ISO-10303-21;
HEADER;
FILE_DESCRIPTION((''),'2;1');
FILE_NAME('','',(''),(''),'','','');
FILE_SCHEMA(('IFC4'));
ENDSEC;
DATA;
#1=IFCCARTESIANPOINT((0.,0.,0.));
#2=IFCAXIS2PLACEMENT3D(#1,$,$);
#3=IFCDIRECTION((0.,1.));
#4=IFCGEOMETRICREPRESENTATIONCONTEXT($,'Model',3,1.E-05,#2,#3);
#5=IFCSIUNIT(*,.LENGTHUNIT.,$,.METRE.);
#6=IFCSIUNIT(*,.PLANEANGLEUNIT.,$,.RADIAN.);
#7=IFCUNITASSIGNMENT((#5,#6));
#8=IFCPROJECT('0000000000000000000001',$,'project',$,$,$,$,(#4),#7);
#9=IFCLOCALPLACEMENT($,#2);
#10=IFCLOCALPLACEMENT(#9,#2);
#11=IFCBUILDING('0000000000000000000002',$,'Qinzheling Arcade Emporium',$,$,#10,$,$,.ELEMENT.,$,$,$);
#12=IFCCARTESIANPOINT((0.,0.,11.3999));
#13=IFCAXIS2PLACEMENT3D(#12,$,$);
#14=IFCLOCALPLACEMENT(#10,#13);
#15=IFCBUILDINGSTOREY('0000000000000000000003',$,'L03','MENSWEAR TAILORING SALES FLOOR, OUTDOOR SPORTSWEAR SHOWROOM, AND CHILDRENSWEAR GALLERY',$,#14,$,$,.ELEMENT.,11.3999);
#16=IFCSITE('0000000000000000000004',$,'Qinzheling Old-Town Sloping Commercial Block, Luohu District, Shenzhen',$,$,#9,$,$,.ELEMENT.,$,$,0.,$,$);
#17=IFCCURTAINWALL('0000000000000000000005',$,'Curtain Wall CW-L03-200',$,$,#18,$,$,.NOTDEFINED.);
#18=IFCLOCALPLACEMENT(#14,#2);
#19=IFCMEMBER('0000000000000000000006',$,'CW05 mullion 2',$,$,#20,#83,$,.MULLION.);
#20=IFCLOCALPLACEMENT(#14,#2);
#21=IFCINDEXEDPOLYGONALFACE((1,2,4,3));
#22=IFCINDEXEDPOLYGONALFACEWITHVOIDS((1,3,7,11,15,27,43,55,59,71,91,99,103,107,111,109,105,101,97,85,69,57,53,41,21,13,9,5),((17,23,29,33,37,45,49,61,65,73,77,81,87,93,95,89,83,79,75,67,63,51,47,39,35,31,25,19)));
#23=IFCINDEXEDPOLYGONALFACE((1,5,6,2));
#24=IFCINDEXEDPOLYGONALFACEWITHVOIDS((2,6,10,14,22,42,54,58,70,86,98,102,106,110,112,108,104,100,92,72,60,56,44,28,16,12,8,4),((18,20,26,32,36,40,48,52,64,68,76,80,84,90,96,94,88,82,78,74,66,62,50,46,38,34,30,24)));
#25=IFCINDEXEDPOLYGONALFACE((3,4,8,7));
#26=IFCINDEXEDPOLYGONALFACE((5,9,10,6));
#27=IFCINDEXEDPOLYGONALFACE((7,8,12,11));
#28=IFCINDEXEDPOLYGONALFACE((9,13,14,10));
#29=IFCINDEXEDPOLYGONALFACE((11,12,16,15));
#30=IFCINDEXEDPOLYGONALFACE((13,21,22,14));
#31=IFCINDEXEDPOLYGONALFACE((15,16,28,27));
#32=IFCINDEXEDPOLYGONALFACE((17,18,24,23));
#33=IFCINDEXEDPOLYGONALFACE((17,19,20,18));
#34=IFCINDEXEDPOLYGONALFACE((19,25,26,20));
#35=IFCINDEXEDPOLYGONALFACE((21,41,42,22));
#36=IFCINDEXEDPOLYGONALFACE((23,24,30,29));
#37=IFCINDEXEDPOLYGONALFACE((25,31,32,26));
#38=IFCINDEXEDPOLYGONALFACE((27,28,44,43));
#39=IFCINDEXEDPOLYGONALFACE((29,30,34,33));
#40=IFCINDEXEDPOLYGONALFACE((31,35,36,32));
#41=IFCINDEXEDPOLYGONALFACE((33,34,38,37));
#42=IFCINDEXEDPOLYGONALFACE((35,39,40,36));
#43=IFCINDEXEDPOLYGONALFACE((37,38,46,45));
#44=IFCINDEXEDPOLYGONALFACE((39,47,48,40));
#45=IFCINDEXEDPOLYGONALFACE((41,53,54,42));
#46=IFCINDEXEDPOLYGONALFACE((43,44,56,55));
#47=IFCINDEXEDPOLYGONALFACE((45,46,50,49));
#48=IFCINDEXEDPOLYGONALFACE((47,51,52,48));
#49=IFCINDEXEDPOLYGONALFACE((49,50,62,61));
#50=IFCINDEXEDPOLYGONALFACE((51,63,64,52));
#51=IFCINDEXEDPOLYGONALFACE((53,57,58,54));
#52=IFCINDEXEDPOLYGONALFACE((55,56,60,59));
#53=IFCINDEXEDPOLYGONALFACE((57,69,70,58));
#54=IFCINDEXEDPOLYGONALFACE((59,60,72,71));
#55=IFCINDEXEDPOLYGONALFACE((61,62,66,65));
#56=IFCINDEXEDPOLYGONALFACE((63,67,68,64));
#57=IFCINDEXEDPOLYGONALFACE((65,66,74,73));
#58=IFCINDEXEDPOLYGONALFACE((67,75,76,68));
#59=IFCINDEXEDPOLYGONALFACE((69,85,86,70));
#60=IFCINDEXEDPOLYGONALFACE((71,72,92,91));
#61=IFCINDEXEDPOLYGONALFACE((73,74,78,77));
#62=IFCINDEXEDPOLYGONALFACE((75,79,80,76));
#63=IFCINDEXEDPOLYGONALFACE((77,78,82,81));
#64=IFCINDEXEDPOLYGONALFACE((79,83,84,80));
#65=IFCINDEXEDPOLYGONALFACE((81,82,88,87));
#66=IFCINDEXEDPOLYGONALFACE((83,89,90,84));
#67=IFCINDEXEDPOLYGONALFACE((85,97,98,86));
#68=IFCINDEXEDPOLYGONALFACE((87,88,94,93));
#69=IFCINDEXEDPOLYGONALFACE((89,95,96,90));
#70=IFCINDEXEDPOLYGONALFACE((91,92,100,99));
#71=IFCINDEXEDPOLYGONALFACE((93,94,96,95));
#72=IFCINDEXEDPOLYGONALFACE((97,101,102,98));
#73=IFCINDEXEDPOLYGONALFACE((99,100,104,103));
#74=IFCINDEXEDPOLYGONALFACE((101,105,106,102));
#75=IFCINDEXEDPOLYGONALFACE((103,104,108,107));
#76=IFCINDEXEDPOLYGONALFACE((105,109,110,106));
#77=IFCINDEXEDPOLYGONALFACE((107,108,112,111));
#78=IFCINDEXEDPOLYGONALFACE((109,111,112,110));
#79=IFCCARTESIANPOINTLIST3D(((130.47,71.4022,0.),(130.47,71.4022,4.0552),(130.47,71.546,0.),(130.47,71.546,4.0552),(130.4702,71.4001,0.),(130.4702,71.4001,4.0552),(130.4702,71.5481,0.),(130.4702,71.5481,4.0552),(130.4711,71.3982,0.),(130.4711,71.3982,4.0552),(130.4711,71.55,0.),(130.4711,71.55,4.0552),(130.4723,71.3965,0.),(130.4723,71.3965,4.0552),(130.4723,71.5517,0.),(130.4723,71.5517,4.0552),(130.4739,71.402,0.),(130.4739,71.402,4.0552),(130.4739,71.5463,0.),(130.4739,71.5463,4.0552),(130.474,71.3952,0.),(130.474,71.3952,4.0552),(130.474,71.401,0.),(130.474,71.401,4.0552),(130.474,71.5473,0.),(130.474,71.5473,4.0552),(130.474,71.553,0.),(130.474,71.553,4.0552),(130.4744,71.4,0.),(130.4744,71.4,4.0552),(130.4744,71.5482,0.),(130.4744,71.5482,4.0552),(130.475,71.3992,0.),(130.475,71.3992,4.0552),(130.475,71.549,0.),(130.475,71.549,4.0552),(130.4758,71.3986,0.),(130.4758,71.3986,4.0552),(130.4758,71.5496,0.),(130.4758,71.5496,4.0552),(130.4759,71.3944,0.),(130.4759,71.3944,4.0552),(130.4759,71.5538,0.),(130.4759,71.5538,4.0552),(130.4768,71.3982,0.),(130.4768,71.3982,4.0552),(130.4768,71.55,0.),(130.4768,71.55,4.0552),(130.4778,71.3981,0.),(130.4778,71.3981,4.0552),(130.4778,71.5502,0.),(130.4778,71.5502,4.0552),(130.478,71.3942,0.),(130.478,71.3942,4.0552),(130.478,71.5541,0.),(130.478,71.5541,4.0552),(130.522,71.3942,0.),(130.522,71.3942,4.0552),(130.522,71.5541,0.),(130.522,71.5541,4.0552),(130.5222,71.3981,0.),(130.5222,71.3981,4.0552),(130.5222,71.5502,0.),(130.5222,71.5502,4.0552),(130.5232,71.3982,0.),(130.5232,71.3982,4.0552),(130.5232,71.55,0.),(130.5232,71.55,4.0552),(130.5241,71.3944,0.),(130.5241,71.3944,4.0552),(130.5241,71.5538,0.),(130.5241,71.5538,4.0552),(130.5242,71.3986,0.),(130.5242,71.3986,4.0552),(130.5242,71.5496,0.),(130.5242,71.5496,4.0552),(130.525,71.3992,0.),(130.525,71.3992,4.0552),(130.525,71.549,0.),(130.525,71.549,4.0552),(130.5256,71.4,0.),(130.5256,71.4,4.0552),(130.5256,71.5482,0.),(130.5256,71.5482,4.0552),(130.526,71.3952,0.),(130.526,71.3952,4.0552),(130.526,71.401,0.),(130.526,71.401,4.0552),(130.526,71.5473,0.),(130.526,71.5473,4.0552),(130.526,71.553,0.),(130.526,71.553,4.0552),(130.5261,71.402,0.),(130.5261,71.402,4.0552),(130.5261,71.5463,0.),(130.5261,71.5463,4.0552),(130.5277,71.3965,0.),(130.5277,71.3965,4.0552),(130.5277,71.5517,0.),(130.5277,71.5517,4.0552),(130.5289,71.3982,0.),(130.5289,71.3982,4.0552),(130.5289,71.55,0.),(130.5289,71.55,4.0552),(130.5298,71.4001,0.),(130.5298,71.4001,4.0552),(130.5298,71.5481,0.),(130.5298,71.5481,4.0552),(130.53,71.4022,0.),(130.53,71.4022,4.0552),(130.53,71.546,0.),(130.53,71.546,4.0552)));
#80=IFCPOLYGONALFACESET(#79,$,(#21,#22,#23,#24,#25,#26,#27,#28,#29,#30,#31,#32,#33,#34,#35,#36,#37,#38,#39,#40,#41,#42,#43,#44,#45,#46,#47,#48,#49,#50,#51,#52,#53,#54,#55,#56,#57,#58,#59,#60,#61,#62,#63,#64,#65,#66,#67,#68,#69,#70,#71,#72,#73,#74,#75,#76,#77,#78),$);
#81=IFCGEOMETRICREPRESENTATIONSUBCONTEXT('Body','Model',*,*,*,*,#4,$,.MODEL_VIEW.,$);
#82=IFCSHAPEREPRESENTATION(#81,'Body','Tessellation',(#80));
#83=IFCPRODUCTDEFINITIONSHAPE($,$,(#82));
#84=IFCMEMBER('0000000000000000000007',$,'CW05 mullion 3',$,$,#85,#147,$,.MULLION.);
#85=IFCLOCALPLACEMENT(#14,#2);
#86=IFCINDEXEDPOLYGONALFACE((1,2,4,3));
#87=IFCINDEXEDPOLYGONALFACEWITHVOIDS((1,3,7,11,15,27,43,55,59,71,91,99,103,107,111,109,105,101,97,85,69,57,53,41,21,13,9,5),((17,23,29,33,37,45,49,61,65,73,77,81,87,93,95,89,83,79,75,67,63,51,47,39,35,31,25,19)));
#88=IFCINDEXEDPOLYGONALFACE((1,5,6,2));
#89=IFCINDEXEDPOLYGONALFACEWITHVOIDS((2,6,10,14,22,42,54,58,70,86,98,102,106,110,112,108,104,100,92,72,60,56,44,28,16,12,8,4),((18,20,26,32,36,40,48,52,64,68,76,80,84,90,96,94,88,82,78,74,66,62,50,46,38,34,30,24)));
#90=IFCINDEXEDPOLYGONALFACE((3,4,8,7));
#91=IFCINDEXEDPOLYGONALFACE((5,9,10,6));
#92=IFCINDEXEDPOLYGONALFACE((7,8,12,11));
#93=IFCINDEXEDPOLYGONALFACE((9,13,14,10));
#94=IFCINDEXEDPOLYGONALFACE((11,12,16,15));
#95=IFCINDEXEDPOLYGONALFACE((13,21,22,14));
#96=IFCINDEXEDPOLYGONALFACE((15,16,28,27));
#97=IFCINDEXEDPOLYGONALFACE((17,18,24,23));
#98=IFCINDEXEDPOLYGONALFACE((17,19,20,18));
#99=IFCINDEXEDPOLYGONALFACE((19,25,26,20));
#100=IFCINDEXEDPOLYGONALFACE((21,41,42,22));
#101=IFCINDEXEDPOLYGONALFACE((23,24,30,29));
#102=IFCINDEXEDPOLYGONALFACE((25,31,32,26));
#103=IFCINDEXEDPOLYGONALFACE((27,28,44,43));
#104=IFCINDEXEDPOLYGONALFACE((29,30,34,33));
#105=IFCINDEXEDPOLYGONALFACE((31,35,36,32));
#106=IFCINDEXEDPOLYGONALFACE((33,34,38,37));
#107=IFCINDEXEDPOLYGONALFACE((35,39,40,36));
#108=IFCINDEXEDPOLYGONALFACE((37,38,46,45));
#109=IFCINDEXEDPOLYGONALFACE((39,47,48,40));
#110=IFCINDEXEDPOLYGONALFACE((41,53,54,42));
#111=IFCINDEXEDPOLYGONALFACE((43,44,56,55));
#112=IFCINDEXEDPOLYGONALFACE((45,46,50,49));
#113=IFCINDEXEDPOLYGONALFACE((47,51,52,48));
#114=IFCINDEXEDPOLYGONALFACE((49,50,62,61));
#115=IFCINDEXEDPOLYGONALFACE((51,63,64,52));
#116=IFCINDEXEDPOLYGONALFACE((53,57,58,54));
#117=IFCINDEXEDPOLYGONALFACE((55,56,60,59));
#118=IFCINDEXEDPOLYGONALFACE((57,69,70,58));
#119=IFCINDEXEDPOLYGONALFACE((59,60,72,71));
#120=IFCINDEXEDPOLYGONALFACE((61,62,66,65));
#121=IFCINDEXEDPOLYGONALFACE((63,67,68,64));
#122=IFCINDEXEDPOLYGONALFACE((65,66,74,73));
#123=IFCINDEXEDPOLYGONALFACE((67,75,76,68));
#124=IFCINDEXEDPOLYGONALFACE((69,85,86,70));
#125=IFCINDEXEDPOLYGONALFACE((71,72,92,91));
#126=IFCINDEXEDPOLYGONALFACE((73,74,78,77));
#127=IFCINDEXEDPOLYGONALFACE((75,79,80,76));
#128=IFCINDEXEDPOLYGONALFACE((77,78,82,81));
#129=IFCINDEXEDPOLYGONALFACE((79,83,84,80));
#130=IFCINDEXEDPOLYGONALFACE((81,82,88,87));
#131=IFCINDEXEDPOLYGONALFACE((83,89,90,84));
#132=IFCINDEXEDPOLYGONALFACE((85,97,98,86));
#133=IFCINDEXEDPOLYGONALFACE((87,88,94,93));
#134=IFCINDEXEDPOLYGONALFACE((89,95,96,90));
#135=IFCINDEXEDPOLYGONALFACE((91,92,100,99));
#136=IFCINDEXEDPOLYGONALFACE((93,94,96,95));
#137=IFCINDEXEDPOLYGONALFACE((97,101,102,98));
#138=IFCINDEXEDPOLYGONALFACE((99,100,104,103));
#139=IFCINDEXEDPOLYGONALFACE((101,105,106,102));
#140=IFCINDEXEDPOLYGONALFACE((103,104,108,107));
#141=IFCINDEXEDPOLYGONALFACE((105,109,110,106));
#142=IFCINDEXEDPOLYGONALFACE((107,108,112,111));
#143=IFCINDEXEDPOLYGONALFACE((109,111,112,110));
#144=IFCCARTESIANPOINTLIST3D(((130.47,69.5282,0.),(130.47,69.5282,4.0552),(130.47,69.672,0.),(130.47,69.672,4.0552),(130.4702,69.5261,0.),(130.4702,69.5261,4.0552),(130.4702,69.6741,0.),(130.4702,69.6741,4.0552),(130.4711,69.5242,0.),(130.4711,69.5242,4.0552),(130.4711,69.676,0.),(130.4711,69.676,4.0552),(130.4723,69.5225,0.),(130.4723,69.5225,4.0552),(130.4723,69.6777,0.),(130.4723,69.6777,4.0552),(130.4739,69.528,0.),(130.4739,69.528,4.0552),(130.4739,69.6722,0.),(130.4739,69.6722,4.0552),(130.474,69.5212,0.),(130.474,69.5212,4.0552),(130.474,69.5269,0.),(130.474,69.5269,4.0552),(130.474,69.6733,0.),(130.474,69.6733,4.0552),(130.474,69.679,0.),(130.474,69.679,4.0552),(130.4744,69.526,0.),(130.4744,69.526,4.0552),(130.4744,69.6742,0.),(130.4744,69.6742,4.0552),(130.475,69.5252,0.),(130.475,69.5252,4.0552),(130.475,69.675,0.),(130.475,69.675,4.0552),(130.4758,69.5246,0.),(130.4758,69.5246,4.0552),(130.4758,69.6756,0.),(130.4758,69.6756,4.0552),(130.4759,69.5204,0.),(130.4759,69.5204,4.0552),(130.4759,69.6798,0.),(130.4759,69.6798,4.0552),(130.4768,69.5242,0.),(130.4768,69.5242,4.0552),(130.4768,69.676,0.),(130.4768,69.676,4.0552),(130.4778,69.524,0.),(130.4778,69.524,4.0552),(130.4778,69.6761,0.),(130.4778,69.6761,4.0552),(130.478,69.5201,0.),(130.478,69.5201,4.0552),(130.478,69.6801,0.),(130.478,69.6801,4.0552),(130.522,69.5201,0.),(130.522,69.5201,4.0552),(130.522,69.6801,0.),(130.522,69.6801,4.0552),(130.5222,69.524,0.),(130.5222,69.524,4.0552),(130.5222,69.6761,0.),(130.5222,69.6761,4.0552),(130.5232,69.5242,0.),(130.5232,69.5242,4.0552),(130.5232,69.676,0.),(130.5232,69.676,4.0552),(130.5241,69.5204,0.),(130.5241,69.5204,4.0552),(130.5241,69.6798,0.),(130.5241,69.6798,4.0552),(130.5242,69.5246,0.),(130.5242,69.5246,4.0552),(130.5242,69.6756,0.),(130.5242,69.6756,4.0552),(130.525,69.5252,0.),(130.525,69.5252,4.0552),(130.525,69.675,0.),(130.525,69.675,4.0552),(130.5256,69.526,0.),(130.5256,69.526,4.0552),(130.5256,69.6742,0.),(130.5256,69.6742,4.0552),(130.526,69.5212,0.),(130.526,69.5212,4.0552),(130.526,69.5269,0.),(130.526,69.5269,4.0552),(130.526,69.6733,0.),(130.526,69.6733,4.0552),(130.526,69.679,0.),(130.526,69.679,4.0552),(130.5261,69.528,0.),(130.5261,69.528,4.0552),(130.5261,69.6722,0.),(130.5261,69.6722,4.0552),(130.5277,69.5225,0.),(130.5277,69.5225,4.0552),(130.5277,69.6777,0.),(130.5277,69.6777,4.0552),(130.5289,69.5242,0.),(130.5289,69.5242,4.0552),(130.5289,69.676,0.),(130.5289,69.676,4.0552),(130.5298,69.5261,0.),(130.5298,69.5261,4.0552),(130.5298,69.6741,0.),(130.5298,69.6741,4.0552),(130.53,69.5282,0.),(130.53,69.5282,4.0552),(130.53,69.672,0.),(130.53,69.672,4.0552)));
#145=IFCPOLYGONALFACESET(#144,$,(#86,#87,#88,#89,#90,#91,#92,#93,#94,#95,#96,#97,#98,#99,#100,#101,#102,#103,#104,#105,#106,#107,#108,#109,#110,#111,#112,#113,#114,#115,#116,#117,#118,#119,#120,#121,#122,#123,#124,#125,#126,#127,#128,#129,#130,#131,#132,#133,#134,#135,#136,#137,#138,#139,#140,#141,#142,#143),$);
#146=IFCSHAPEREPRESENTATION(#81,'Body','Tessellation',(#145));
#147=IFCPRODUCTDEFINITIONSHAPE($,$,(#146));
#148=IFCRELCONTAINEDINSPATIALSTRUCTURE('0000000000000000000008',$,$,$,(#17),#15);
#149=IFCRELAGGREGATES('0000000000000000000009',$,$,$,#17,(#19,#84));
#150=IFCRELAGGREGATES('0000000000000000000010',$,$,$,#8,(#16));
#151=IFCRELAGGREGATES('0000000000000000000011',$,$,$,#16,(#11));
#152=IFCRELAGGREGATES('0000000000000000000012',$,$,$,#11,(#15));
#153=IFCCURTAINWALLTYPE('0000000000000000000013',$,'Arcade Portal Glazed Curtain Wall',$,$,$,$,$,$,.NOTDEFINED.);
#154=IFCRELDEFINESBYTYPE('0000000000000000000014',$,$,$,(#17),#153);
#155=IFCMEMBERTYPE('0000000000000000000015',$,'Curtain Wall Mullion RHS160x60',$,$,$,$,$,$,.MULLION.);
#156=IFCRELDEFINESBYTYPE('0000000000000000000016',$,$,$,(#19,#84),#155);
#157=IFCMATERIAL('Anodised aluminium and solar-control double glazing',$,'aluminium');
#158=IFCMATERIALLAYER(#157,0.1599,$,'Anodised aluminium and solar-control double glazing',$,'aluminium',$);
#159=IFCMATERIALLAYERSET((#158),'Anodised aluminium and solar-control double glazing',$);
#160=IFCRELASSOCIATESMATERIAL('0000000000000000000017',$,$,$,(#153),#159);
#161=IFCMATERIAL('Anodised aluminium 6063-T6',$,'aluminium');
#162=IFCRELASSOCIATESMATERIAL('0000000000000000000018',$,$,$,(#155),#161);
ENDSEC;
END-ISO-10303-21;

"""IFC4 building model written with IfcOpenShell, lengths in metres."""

from ifc_helpers import new_model, si_unit, direction, frame, origin, origin_2d, place, context, subcontext, project, spatial, hollow_rectangle, extrude, material, layer, layer_set, material_profile, profile_set, type_object, element, aggregate, save


model = new_model("IFC4")

# Units and contexts
model_context = context("Model", 3, precision=1e-05, world=origin(), true_north=direction((0.0, 1.0)))
body_context = subcontext(model_context, "Body", "Model", "MODEL_VIEW")
ifc_project = project(units=[si_unit("LENGTHUNIT", "METRE"), si_unit("PLANEANGLEUNIT", "RADIAN")], contexts=[model_context])

# Site, building, storey
site_placement = place(None, origin())
site = spatial("IfcSite", under=ifc_project, at=site_placement, Name="Qinzheling Old-Town Sloping Commercial Block, Luohu District, Shenzhen", CompositionType="ELEMENT", RefElevation=0.0)
building_placement = place(site_placement, origin())
building = spatial("IfcBuilding", under=site, at=building_placement, Name="Qinzheling Arcade Emporium", CompositionType="ELEMENT")
storey_placement = place(building_placement, frame((0.0, 0.0, 11.3999)))
storey = spatial("IfcBuildingStorey", under=building, at=storey_placement, Name="L03", Description="MENSWEAR TAILORING SALES FLOOR, OUTDOOR SPORTSWEAR SHOWROOM, AND CHILDRENSWEAR GALLERY", CompositionType="ELEMENT", Elevation=11.3999)

# Curtain wall, members
ifc_material_1 = material(Name="Anodised aluminium and solar-control double glazing", Category="aluminium")
ifc_layer_1 = layer(ifc_material_1, 0.1599, Name="Anodised aluminium and solar-control double glazing", Category="aluminium")
ifc_layer_set_1 = layer_set([ifc_layer_1], Name="Anodised aluminium and solar-control double glazing")
curtain_wall_type = type_object("IfcCurtainWallType", Name="Arcade Portal Glazed Curtain Wall", PredefinedType="NOTDEFINED", material=ifc_layer_set_1)
curtain_wall_placement = place(storey_placement, origin())
curtain_wall = element("IfcCurtainWall", 1, at=curtain_wall_placement, inside=storey, type_object=curtain_wall_type, Name="Curtain Wall CW-L03-200", PredefinedType="NOTDEFINED")
ifc_material_2 = material(Name="Anodised aluminium 6063-T6", Category="aluminium")
ifc_material_profile_1 = material_profile(ifc_material_2, hollow_rectangle(XDim=0.0601, YDim=0.1599, WallThickness=0.0039, InnerFilletRadius=0.0039, OuterFilletRadius=0.0081, at=origin_2d()), Name="RHS 160x60x4", Category="aluminium")
ifc_profile_set_1 = profile_set([ifc_material_profile_1], Name="Anodised aluminium 6063-T6")
member_type_1 = type_object("IfcMemberType", Name="Curtain Wall Mullion RHS160x60", PredefinedType="MULLION", material=ifc_profile_set_1)
member_1_placement = place(storey_placement, frame((130.5, 71.4741, 0.0), z_axis=(0.0, 0.0, 1.0), x_axis=(1.0, 0.0, 0.0)))
member_1 = element("IfcMember", 2, at=member_1_placement, type_object=member_type_1, Name="CW05 mullion 2", PredefinedType="MULLION", context=body_context, shape_type="SweptSolid", body=[
    extrude(hollow_rectangle(XDim=0.0601, YDim=0.1599, WallThickness=0.0039, InnerFilletRadius=0.0039, OuterFilletRadius=0.0081, at=origin_2d()), origin(), (0.0, 0.0, 1.0), 4.0552),
])
member_2_placement = place(storey_placement, frame((130.5, 69.6001, 0.0), z_axis=(0.0, 0.0, 1.0), x_axis=(1.0, 0.0, 0.0)))
member_2 = element("IfcMember", 3, at=member_2_placement, type_object=member_type_1, Name="CW05 mullion 3", PredefinedType="MULLION", context=body_context, shape_type="SweptSolid", body=[
    extrude(hollow_rectangle(XDim=0.0601, YDim=0.1599, WallThickness=0.0039, InnerFilletRadius=0.0039, OuterFilletRadius=0.0081, at=origin_2d()), origin(), (0.0, 0.0, 1.0), 4.0552),
])
aggregate(curtain_wall, [member_1, member_2])

save(model, "model.ifc")
